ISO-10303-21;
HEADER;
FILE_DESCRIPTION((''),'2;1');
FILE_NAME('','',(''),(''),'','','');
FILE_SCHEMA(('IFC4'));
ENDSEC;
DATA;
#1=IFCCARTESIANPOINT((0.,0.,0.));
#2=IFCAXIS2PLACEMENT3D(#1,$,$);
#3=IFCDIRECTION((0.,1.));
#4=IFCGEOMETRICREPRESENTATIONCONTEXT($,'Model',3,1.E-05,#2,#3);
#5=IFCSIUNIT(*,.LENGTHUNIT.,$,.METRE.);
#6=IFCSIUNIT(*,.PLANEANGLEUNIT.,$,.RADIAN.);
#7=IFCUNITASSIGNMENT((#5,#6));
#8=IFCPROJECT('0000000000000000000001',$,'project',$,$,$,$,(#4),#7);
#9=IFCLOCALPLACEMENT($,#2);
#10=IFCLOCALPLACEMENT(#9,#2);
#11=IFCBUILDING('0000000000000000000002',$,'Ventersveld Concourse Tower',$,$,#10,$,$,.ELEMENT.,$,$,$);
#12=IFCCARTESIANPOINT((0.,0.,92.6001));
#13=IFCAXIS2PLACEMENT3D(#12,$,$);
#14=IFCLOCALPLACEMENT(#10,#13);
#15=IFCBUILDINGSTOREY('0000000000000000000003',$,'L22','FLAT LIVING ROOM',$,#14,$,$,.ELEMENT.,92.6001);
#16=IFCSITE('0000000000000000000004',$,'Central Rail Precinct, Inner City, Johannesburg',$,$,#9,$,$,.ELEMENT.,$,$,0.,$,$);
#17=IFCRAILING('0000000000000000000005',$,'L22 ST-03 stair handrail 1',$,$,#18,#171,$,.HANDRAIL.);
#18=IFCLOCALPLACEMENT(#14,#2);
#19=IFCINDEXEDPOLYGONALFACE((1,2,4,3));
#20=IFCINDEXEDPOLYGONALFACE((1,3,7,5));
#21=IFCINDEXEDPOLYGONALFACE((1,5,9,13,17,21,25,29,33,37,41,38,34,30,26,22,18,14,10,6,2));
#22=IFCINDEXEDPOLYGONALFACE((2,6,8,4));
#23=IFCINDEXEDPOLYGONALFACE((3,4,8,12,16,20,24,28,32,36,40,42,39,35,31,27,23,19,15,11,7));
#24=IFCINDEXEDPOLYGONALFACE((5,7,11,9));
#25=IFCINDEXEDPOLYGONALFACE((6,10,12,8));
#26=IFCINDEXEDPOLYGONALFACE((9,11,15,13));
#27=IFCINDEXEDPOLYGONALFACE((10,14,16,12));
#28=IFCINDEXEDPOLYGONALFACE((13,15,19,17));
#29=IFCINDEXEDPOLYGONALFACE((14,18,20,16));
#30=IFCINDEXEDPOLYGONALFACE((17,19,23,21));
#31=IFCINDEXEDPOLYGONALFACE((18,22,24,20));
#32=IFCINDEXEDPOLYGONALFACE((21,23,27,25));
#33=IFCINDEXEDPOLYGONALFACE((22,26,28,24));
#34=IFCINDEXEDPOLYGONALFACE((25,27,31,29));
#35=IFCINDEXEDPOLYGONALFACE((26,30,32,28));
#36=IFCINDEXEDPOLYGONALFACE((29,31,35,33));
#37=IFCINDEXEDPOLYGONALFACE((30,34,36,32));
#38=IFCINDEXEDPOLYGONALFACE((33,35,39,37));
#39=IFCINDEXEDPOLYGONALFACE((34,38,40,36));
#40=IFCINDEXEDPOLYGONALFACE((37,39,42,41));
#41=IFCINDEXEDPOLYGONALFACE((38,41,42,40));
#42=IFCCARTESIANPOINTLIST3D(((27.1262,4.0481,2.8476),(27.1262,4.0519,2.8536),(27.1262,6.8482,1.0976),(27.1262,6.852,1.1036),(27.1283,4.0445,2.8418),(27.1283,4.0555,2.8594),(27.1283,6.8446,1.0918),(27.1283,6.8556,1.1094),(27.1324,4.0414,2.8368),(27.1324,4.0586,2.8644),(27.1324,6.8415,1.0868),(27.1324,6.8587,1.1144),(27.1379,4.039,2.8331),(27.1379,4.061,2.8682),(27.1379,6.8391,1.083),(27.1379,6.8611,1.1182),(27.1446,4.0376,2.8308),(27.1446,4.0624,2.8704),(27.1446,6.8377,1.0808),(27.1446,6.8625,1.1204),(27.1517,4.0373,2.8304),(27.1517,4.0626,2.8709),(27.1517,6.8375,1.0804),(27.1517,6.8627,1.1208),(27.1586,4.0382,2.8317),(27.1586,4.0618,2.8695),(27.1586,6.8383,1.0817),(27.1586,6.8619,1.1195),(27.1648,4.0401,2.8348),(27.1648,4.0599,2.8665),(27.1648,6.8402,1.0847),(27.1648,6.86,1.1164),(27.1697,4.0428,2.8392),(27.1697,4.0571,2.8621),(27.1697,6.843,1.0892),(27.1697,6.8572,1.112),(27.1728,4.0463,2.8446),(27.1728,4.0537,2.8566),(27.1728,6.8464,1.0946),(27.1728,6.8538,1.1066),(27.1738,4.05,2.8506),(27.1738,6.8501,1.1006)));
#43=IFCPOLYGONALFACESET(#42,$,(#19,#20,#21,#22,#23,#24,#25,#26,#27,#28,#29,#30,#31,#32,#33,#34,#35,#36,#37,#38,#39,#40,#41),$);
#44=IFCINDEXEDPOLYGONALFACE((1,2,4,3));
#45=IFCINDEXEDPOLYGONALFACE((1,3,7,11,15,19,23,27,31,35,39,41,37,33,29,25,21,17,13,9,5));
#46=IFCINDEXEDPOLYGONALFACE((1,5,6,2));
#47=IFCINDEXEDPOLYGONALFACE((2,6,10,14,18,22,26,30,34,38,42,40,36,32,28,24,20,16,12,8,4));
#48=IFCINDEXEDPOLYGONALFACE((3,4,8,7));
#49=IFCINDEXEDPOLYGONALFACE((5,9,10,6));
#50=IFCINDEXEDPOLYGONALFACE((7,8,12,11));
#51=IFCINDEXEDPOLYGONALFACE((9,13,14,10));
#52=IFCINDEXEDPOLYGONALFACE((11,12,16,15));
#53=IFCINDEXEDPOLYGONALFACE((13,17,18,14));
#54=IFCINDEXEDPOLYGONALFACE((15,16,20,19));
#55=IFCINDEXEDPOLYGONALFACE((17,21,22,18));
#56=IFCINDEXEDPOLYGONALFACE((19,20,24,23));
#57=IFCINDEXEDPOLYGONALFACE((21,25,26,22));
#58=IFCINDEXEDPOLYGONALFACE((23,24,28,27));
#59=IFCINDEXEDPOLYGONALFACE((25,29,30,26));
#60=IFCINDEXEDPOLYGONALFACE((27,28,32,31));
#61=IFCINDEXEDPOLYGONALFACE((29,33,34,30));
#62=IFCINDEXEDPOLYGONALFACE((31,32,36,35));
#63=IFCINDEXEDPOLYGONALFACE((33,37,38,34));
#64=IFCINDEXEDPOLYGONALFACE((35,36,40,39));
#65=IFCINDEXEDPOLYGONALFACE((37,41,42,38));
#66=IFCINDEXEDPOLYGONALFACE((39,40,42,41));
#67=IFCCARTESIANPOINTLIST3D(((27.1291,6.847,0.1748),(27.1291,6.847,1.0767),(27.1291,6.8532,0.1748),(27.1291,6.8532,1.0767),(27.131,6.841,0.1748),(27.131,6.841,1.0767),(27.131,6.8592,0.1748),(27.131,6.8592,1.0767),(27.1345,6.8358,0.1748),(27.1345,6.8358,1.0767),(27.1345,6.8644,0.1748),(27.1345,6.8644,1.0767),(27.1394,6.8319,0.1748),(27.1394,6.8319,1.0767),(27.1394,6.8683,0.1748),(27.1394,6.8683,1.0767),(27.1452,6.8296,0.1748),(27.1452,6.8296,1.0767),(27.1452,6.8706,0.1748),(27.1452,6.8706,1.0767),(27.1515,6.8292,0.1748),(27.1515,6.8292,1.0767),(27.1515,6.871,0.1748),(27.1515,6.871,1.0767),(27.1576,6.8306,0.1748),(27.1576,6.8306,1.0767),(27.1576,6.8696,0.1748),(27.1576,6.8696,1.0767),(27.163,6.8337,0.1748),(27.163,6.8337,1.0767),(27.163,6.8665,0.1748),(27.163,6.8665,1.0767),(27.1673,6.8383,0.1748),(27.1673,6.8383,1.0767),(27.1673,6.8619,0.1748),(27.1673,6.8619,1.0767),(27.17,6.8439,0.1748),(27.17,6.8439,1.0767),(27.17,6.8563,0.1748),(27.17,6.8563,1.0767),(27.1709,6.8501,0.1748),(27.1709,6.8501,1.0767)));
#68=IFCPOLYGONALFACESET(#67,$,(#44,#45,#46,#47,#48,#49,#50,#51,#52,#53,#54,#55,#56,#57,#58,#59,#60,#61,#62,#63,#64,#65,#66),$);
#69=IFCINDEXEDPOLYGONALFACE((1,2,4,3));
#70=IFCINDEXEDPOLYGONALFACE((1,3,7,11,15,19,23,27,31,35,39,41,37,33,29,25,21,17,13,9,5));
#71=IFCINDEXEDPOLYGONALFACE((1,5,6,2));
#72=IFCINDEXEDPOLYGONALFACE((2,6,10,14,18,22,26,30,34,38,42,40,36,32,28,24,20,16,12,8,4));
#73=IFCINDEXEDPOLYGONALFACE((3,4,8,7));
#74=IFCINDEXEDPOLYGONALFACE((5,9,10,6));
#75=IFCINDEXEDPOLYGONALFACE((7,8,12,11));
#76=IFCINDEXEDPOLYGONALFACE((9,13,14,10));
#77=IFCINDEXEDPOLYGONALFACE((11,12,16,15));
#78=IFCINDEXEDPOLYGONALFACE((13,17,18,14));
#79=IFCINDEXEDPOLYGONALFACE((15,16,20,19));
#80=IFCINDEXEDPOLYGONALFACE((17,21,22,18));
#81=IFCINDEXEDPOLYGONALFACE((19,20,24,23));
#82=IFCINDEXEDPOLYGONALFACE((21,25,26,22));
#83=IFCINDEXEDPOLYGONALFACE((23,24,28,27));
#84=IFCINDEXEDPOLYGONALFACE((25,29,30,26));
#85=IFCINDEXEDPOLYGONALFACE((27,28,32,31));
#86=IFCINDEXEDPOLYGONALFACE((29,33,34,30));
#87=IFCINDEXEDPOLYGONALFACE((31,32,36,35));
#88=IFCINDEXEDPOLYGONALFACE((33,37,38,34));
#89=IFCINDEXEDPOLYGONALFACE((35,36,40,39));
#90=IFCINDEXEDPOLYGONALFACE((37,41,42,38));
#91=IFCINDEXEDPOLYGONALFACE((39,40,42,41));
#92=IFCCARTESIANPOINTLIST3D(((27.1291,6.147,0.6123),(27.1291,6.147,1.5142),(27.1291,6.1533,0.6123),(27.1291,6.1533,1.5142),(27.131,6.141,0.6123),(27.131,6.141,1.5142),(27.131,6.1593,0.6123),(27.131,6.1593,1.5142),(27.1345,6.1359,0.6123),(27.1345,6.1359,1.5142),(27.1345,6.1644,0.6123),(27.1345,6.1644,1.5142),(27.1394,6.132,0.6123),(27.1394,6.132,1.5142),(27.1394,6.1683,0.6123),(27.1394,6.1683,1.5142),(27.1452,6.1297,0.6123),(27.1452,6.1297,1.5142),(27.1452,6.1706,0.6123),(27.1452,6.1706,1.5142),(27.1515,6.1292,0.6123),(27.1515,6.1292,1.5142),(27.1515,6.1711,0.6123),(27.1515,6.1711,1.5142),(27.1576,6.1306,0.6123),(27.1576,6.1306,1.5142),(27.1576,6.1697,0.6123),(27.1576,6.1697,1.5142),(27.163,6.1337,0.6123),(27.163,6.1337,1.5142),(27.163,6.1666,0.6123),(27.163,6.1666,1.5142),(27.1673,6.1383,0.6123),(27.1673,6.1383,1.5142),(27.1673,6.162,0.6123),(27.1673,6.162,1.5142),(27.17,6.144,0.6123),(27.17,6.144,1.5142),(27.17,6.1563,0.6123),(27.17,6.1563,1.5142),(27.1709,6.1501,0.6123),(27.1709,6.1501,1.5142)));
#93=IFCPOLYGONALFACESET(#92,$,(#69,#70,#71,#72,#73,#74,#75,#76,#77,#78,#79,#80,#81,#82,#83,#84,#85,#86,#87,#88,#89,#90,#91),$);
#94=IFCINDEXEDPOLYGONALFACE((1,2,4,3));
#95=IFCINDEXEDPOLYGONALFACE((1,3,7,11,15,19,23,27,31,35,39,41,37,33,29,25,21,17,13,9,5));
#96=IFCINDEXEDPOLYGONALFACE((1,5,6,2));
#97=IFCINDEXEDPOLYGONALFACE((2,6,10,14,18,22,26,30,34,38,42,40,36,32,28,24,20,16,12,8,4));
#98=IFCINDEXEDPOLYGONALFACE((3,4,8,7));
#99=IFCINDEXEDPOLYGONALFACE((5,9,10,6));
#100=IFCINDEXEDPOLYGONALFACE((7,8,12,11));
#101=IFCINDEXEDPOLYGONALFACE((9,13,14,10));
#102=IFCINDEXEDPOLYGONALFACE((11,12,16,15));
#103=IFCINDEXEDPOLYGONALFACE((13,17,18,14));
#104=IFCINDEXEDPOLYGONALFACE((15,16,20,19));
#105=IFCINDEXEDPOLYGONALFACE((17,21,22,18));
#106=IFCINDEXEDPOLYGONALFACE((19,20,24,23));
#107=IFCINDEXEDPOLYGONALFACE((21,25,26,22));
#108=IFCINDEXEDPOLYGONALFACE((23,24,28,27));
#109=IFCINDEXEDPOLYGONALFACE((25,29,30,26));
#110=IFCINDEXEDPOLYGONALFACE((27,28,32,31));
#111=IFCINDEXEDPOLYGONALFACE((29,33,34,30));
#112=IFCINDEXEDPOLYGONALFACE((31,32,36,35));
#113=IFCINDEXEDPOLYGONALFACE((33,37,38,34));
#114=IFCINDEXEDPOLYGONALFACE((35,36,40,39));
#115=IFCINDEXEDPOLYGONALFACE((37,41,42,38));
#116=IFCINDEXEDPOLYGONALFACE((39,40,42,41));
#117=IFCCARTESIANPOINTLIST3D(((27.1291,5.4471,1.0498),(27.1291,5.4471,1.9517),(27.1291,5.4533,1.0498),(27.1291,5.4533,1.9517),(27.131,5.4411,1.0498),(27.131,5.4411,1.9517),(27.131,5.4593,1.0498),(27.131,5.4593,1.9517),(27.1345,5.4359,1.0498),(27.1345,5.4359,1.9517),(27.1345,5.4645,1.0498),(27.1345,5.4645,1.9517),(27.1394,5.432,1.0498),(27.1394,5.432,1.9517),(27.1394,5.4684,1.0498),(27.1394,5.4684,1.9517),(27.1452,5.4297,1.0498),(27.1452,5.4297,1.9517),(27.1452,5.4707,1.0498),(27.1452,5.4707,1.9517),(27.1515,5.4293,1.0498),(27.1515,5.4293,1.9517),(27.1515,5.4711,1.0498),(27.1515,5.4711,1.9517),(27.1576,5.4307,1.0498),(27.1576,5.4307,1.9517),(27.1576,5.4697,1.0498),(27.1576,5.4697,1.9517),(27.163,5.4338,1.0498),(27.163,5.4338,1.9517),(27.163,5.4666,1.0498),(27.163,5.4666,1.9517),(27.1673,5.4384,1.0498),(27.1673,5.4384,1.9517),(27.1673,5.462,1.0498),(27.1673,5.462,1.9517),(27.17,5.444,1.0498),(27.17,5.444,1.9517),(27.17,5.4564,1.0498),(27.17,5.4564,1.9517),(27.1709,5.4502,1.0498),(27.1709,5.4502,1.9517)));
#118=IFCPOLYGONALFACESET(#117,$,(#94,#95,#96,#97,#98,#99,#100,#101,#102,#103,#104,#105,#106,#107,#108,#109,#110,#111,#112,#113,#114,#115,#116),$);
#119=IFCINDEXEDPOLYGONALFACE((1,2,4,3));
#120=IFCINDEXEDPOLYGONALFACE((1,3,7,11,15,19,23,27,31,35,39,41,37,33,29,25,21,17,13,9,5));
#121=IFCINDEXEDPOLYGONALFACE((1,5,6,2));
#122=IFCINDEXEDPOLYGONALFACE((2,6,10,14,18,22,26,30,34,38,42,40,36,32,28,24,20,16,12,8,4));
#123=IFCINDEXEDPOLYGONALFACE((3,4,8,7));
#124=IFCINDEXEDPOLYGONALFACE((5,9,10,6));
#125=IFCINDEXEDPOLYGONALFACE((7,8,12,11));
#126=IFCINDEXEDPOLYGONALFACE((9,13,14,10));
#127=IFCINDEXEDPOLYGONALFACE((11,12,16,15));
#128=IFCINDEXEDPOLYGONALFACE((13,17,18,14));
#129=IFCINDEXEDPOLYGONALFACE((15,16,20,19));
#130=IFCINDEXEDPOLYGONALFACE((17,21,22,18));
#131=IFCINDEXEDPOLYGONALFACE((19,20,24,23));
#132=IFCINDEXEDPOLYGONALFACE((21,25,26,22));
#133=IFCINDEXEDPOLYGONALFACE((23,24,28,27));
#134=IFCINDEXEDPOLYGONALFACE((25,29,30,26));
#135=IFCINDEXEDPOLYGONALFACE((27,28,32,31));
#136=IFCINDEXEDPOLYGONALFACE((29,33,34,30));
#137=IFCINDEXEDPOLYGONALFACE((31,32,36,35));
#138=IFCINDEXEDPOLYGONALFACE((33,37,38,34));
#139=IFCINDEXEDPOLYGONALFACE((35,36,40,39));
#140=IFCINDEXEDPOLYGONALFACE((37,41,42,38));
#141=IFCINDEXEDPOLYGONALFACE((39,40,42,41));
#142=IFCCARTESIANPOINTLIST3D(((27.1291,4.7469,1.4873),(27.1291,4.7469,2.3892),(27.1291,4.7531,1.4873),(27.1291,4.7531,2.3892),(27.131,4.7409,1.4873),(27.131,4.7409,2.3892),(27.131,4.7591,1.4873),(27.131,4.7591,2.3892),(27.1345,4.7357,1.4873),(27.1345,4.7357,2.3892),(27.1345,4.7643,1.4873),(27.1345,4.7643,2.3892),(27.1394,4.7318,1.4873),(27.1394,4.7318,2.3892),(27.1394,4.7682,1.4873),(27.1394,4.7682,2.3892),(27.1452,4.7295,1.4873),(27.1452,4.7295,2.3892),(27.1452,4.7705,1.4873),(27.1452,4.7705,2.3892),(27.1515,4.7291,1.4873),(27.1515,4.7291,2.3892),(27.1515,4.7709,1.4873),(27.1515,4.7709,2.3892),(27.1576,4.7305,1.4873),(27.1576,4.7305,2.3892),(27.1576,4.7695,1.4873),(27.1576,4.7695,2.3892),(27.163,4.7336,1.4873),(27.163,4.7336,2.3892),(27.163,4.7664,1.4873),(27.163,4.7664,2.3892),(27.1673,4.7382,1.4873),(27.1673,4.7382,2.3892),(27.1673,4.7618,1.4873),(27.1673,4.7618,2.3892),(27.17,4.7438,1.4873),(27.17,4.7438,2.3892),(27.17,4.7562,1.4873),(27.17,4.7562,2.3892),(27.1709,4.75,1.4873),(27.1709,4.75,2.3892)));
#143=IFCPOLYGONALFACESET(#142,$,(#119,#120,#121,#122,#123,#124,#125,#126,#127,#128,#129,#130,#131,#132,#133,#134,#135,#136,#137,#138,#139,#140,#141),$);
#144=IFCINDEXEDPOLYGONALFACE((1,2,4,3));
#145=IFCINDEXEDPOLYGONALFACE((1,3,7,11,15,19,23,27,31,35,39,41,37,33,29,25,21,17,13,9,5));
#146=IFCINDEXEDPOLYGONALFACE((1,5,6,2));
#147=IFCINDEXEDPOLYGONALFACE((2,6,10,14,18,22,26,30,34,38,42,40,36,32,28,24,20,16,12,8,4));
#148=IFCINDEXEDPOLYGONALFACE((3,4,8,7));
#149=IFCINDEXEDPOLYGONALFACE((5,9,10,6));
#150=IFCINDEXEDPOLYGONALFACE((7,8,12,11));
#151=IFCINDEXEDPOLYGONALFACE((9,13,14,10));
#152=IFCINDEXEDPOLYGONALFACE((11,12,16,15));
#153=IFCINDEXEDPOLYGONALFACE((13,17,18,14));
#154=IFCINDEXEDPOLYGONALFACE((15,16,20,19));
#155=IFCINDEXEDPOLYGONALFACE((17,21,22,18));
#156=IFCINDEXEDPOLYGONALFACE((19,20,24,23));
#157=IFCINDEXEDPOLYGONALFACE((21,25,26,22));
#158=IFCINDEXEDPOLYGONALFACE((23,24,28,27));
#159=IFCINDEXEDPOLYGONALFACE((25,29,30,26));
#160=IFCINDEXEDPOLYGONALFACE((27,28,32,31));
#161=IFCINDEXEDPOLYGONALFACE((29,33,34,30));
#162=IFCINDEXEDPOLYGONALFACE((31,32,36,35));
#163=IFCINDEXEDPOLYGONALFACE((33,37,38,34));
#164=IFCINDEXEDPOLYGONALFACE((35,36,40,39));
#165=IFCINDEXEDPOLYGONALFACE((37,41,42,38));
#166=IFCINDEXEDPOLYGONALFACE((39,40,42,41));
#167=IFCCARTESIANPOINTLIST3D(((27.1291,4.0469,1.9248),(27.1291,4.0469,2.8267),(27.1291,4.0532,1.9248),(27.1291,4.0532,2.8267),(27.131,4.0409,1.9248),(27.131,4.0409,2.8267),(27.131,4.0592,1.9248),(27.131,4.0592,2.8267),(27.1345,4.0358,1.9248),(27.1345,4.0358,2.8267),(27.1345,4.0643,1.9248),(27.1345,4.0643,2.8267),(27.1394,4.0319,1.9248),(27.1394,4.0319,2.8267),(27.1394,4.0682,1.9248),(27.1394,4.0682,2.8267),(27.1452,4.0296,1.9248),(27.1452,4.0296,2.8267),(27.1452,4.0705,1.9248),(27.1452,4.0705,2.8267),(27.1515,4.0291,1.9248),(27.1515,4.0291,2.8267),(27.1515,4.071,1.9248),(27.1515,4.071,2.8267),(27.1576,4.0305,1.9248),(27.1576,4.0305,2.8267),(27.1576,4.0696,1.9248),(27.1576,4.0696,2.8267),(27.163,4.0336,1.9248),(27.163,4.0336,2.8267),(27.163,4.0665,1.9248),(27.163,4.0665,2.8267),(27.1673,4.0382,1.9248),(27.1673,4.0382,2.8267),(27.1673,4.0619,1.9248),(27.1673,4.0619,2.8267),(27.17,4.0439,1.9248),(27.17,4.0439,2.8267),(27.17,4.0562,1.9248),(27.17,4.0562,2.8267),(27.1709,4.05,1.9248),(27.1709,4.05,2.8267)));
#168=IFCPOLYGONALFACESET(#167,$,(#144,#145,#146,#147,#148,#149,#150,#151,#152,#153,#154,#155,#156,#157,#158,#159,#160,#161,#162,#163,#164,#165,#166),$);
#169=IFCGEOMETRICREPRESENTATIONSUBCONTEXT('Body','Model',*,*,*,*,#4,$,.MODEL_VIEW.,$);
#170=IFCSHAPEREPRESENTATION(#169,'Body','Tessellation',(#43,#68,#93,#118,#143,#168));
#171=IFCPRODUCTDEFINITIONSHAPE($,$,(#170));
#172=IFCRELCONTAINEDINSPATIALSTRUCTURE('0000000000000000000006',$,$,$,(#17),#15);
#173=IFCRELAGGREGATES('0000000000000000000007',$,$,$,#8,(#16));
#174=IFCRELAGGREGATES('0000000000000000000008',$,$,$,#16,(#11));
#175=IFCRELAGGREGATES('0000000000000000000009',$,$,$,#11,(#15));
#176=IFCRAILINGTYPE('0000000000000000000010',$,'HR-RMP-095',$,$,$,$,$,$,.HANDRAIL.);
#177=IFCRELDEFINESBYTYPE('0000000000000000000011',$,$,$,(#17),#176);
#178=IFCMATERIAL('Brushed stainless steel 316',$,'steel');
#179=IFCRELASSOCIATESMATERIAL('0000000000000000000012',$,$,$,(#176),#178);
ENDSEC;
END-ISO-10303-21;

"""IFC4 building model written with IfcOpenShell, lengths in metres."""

from ifc_helpers import new_model, si_unit, direction, frame, origin, origin_2d, place, context, subcontext, project, spatial, circle, extrude, material, type_object, element, save


model = new_model("IFC4")

# Units and contexts
model_context = context("Model", 3, precision=1e-05, world=origin(), true_north=direction((0.0, 1.0)))
body_context = subcontext(model_context, "Body", "Model", "MODEL_VIEW")
ifc_project = project(units=[si_unit("LENGTHUNIT", "METRE"), si_unit("PLANEANGLEUNIT", "RADIAN")], contexts=[model_context])

# Site, building, storey
site_placement = place(None, origin())
site = spatial("IfcSite", under=ifc_project, at=site_placement, Name="Central Rail Precinct, Inner City, Johannesburg", CompositionType="ELEMENT", RefElevation=0.0)
building_placement = place(site_placement, origin())
building = spatial("IfcBuilding", under=site, at=building_placement, Name="Ventersveld Concourse Tower", CompositionType="ELEMENT")
storey_placement = place(building_placement, frame((0.0, 0.0, 92.6001)))
storey = spatial("IfcBuildingStorey", under=building, at=storey_placement, Name="L22", Description="FLAT LIVING ROOM", CompositionType="ELEMENT", Elevation=92.6001)

# Shared definitions
ifc_material_1 = material(Name="Brushed stainless steel 316", Category="steel")

# Railing
railing_type_1 = type_object("IfcRailingType", Name="HR-RMP-095", PredefinedType="HANDRAIL", material=ifc_material_1)
railing_1_placement = place(storey_placement, frame((27.1499, 6.8501, 0.1748)))
element("IfcRailing", 1, at=railing_1_placement, inside=storey, type_object=railing_type_1, Name="L22 ST-03 stair handrail 1", PredefinedType="HANDRAIL", context=body_context, shape_type="SweptSolid", body=[
    extrude(circle(Radius=0.0239, at=origin_2d()), frame((0.0, 0.0, 0.9258), z_axis=(0.0, -0.848002, 0.529992), x_axis=(1.0, 0.0, 0.0)), (0.0, 0.0, 1.0), 3.302),
    extrude(circle(Radius=0.021, at=origin_2d()), origin(), (0.0, 0.0, 1.0), 0.9019),
    extrude(circle(Radius=0.021, at=origin_2d()), frame((0.0, -0.7, 0.4375)), (0.0, 0.0, 1.0), 0.9019),
    extrude(circle(Radius=0.021, at=origin_2d()), frame((0.0, -1.3999, 0.875)), (0.0, 0.0, 1.0), 0.9019),
    extrude(circle(Radius=0.021, at=origin_2d()), frame((0.0, -2.1001, 1.3125)), (0.0, 0.0, 1.0), 0.9019),
    extrude(circle(Radius=0.021, at=origin_2d()), frame((0.0, -2.8, 1.75)), (0.0, 0.0, 1.0), 0.9019),
])

save(model, "model.ifc")
